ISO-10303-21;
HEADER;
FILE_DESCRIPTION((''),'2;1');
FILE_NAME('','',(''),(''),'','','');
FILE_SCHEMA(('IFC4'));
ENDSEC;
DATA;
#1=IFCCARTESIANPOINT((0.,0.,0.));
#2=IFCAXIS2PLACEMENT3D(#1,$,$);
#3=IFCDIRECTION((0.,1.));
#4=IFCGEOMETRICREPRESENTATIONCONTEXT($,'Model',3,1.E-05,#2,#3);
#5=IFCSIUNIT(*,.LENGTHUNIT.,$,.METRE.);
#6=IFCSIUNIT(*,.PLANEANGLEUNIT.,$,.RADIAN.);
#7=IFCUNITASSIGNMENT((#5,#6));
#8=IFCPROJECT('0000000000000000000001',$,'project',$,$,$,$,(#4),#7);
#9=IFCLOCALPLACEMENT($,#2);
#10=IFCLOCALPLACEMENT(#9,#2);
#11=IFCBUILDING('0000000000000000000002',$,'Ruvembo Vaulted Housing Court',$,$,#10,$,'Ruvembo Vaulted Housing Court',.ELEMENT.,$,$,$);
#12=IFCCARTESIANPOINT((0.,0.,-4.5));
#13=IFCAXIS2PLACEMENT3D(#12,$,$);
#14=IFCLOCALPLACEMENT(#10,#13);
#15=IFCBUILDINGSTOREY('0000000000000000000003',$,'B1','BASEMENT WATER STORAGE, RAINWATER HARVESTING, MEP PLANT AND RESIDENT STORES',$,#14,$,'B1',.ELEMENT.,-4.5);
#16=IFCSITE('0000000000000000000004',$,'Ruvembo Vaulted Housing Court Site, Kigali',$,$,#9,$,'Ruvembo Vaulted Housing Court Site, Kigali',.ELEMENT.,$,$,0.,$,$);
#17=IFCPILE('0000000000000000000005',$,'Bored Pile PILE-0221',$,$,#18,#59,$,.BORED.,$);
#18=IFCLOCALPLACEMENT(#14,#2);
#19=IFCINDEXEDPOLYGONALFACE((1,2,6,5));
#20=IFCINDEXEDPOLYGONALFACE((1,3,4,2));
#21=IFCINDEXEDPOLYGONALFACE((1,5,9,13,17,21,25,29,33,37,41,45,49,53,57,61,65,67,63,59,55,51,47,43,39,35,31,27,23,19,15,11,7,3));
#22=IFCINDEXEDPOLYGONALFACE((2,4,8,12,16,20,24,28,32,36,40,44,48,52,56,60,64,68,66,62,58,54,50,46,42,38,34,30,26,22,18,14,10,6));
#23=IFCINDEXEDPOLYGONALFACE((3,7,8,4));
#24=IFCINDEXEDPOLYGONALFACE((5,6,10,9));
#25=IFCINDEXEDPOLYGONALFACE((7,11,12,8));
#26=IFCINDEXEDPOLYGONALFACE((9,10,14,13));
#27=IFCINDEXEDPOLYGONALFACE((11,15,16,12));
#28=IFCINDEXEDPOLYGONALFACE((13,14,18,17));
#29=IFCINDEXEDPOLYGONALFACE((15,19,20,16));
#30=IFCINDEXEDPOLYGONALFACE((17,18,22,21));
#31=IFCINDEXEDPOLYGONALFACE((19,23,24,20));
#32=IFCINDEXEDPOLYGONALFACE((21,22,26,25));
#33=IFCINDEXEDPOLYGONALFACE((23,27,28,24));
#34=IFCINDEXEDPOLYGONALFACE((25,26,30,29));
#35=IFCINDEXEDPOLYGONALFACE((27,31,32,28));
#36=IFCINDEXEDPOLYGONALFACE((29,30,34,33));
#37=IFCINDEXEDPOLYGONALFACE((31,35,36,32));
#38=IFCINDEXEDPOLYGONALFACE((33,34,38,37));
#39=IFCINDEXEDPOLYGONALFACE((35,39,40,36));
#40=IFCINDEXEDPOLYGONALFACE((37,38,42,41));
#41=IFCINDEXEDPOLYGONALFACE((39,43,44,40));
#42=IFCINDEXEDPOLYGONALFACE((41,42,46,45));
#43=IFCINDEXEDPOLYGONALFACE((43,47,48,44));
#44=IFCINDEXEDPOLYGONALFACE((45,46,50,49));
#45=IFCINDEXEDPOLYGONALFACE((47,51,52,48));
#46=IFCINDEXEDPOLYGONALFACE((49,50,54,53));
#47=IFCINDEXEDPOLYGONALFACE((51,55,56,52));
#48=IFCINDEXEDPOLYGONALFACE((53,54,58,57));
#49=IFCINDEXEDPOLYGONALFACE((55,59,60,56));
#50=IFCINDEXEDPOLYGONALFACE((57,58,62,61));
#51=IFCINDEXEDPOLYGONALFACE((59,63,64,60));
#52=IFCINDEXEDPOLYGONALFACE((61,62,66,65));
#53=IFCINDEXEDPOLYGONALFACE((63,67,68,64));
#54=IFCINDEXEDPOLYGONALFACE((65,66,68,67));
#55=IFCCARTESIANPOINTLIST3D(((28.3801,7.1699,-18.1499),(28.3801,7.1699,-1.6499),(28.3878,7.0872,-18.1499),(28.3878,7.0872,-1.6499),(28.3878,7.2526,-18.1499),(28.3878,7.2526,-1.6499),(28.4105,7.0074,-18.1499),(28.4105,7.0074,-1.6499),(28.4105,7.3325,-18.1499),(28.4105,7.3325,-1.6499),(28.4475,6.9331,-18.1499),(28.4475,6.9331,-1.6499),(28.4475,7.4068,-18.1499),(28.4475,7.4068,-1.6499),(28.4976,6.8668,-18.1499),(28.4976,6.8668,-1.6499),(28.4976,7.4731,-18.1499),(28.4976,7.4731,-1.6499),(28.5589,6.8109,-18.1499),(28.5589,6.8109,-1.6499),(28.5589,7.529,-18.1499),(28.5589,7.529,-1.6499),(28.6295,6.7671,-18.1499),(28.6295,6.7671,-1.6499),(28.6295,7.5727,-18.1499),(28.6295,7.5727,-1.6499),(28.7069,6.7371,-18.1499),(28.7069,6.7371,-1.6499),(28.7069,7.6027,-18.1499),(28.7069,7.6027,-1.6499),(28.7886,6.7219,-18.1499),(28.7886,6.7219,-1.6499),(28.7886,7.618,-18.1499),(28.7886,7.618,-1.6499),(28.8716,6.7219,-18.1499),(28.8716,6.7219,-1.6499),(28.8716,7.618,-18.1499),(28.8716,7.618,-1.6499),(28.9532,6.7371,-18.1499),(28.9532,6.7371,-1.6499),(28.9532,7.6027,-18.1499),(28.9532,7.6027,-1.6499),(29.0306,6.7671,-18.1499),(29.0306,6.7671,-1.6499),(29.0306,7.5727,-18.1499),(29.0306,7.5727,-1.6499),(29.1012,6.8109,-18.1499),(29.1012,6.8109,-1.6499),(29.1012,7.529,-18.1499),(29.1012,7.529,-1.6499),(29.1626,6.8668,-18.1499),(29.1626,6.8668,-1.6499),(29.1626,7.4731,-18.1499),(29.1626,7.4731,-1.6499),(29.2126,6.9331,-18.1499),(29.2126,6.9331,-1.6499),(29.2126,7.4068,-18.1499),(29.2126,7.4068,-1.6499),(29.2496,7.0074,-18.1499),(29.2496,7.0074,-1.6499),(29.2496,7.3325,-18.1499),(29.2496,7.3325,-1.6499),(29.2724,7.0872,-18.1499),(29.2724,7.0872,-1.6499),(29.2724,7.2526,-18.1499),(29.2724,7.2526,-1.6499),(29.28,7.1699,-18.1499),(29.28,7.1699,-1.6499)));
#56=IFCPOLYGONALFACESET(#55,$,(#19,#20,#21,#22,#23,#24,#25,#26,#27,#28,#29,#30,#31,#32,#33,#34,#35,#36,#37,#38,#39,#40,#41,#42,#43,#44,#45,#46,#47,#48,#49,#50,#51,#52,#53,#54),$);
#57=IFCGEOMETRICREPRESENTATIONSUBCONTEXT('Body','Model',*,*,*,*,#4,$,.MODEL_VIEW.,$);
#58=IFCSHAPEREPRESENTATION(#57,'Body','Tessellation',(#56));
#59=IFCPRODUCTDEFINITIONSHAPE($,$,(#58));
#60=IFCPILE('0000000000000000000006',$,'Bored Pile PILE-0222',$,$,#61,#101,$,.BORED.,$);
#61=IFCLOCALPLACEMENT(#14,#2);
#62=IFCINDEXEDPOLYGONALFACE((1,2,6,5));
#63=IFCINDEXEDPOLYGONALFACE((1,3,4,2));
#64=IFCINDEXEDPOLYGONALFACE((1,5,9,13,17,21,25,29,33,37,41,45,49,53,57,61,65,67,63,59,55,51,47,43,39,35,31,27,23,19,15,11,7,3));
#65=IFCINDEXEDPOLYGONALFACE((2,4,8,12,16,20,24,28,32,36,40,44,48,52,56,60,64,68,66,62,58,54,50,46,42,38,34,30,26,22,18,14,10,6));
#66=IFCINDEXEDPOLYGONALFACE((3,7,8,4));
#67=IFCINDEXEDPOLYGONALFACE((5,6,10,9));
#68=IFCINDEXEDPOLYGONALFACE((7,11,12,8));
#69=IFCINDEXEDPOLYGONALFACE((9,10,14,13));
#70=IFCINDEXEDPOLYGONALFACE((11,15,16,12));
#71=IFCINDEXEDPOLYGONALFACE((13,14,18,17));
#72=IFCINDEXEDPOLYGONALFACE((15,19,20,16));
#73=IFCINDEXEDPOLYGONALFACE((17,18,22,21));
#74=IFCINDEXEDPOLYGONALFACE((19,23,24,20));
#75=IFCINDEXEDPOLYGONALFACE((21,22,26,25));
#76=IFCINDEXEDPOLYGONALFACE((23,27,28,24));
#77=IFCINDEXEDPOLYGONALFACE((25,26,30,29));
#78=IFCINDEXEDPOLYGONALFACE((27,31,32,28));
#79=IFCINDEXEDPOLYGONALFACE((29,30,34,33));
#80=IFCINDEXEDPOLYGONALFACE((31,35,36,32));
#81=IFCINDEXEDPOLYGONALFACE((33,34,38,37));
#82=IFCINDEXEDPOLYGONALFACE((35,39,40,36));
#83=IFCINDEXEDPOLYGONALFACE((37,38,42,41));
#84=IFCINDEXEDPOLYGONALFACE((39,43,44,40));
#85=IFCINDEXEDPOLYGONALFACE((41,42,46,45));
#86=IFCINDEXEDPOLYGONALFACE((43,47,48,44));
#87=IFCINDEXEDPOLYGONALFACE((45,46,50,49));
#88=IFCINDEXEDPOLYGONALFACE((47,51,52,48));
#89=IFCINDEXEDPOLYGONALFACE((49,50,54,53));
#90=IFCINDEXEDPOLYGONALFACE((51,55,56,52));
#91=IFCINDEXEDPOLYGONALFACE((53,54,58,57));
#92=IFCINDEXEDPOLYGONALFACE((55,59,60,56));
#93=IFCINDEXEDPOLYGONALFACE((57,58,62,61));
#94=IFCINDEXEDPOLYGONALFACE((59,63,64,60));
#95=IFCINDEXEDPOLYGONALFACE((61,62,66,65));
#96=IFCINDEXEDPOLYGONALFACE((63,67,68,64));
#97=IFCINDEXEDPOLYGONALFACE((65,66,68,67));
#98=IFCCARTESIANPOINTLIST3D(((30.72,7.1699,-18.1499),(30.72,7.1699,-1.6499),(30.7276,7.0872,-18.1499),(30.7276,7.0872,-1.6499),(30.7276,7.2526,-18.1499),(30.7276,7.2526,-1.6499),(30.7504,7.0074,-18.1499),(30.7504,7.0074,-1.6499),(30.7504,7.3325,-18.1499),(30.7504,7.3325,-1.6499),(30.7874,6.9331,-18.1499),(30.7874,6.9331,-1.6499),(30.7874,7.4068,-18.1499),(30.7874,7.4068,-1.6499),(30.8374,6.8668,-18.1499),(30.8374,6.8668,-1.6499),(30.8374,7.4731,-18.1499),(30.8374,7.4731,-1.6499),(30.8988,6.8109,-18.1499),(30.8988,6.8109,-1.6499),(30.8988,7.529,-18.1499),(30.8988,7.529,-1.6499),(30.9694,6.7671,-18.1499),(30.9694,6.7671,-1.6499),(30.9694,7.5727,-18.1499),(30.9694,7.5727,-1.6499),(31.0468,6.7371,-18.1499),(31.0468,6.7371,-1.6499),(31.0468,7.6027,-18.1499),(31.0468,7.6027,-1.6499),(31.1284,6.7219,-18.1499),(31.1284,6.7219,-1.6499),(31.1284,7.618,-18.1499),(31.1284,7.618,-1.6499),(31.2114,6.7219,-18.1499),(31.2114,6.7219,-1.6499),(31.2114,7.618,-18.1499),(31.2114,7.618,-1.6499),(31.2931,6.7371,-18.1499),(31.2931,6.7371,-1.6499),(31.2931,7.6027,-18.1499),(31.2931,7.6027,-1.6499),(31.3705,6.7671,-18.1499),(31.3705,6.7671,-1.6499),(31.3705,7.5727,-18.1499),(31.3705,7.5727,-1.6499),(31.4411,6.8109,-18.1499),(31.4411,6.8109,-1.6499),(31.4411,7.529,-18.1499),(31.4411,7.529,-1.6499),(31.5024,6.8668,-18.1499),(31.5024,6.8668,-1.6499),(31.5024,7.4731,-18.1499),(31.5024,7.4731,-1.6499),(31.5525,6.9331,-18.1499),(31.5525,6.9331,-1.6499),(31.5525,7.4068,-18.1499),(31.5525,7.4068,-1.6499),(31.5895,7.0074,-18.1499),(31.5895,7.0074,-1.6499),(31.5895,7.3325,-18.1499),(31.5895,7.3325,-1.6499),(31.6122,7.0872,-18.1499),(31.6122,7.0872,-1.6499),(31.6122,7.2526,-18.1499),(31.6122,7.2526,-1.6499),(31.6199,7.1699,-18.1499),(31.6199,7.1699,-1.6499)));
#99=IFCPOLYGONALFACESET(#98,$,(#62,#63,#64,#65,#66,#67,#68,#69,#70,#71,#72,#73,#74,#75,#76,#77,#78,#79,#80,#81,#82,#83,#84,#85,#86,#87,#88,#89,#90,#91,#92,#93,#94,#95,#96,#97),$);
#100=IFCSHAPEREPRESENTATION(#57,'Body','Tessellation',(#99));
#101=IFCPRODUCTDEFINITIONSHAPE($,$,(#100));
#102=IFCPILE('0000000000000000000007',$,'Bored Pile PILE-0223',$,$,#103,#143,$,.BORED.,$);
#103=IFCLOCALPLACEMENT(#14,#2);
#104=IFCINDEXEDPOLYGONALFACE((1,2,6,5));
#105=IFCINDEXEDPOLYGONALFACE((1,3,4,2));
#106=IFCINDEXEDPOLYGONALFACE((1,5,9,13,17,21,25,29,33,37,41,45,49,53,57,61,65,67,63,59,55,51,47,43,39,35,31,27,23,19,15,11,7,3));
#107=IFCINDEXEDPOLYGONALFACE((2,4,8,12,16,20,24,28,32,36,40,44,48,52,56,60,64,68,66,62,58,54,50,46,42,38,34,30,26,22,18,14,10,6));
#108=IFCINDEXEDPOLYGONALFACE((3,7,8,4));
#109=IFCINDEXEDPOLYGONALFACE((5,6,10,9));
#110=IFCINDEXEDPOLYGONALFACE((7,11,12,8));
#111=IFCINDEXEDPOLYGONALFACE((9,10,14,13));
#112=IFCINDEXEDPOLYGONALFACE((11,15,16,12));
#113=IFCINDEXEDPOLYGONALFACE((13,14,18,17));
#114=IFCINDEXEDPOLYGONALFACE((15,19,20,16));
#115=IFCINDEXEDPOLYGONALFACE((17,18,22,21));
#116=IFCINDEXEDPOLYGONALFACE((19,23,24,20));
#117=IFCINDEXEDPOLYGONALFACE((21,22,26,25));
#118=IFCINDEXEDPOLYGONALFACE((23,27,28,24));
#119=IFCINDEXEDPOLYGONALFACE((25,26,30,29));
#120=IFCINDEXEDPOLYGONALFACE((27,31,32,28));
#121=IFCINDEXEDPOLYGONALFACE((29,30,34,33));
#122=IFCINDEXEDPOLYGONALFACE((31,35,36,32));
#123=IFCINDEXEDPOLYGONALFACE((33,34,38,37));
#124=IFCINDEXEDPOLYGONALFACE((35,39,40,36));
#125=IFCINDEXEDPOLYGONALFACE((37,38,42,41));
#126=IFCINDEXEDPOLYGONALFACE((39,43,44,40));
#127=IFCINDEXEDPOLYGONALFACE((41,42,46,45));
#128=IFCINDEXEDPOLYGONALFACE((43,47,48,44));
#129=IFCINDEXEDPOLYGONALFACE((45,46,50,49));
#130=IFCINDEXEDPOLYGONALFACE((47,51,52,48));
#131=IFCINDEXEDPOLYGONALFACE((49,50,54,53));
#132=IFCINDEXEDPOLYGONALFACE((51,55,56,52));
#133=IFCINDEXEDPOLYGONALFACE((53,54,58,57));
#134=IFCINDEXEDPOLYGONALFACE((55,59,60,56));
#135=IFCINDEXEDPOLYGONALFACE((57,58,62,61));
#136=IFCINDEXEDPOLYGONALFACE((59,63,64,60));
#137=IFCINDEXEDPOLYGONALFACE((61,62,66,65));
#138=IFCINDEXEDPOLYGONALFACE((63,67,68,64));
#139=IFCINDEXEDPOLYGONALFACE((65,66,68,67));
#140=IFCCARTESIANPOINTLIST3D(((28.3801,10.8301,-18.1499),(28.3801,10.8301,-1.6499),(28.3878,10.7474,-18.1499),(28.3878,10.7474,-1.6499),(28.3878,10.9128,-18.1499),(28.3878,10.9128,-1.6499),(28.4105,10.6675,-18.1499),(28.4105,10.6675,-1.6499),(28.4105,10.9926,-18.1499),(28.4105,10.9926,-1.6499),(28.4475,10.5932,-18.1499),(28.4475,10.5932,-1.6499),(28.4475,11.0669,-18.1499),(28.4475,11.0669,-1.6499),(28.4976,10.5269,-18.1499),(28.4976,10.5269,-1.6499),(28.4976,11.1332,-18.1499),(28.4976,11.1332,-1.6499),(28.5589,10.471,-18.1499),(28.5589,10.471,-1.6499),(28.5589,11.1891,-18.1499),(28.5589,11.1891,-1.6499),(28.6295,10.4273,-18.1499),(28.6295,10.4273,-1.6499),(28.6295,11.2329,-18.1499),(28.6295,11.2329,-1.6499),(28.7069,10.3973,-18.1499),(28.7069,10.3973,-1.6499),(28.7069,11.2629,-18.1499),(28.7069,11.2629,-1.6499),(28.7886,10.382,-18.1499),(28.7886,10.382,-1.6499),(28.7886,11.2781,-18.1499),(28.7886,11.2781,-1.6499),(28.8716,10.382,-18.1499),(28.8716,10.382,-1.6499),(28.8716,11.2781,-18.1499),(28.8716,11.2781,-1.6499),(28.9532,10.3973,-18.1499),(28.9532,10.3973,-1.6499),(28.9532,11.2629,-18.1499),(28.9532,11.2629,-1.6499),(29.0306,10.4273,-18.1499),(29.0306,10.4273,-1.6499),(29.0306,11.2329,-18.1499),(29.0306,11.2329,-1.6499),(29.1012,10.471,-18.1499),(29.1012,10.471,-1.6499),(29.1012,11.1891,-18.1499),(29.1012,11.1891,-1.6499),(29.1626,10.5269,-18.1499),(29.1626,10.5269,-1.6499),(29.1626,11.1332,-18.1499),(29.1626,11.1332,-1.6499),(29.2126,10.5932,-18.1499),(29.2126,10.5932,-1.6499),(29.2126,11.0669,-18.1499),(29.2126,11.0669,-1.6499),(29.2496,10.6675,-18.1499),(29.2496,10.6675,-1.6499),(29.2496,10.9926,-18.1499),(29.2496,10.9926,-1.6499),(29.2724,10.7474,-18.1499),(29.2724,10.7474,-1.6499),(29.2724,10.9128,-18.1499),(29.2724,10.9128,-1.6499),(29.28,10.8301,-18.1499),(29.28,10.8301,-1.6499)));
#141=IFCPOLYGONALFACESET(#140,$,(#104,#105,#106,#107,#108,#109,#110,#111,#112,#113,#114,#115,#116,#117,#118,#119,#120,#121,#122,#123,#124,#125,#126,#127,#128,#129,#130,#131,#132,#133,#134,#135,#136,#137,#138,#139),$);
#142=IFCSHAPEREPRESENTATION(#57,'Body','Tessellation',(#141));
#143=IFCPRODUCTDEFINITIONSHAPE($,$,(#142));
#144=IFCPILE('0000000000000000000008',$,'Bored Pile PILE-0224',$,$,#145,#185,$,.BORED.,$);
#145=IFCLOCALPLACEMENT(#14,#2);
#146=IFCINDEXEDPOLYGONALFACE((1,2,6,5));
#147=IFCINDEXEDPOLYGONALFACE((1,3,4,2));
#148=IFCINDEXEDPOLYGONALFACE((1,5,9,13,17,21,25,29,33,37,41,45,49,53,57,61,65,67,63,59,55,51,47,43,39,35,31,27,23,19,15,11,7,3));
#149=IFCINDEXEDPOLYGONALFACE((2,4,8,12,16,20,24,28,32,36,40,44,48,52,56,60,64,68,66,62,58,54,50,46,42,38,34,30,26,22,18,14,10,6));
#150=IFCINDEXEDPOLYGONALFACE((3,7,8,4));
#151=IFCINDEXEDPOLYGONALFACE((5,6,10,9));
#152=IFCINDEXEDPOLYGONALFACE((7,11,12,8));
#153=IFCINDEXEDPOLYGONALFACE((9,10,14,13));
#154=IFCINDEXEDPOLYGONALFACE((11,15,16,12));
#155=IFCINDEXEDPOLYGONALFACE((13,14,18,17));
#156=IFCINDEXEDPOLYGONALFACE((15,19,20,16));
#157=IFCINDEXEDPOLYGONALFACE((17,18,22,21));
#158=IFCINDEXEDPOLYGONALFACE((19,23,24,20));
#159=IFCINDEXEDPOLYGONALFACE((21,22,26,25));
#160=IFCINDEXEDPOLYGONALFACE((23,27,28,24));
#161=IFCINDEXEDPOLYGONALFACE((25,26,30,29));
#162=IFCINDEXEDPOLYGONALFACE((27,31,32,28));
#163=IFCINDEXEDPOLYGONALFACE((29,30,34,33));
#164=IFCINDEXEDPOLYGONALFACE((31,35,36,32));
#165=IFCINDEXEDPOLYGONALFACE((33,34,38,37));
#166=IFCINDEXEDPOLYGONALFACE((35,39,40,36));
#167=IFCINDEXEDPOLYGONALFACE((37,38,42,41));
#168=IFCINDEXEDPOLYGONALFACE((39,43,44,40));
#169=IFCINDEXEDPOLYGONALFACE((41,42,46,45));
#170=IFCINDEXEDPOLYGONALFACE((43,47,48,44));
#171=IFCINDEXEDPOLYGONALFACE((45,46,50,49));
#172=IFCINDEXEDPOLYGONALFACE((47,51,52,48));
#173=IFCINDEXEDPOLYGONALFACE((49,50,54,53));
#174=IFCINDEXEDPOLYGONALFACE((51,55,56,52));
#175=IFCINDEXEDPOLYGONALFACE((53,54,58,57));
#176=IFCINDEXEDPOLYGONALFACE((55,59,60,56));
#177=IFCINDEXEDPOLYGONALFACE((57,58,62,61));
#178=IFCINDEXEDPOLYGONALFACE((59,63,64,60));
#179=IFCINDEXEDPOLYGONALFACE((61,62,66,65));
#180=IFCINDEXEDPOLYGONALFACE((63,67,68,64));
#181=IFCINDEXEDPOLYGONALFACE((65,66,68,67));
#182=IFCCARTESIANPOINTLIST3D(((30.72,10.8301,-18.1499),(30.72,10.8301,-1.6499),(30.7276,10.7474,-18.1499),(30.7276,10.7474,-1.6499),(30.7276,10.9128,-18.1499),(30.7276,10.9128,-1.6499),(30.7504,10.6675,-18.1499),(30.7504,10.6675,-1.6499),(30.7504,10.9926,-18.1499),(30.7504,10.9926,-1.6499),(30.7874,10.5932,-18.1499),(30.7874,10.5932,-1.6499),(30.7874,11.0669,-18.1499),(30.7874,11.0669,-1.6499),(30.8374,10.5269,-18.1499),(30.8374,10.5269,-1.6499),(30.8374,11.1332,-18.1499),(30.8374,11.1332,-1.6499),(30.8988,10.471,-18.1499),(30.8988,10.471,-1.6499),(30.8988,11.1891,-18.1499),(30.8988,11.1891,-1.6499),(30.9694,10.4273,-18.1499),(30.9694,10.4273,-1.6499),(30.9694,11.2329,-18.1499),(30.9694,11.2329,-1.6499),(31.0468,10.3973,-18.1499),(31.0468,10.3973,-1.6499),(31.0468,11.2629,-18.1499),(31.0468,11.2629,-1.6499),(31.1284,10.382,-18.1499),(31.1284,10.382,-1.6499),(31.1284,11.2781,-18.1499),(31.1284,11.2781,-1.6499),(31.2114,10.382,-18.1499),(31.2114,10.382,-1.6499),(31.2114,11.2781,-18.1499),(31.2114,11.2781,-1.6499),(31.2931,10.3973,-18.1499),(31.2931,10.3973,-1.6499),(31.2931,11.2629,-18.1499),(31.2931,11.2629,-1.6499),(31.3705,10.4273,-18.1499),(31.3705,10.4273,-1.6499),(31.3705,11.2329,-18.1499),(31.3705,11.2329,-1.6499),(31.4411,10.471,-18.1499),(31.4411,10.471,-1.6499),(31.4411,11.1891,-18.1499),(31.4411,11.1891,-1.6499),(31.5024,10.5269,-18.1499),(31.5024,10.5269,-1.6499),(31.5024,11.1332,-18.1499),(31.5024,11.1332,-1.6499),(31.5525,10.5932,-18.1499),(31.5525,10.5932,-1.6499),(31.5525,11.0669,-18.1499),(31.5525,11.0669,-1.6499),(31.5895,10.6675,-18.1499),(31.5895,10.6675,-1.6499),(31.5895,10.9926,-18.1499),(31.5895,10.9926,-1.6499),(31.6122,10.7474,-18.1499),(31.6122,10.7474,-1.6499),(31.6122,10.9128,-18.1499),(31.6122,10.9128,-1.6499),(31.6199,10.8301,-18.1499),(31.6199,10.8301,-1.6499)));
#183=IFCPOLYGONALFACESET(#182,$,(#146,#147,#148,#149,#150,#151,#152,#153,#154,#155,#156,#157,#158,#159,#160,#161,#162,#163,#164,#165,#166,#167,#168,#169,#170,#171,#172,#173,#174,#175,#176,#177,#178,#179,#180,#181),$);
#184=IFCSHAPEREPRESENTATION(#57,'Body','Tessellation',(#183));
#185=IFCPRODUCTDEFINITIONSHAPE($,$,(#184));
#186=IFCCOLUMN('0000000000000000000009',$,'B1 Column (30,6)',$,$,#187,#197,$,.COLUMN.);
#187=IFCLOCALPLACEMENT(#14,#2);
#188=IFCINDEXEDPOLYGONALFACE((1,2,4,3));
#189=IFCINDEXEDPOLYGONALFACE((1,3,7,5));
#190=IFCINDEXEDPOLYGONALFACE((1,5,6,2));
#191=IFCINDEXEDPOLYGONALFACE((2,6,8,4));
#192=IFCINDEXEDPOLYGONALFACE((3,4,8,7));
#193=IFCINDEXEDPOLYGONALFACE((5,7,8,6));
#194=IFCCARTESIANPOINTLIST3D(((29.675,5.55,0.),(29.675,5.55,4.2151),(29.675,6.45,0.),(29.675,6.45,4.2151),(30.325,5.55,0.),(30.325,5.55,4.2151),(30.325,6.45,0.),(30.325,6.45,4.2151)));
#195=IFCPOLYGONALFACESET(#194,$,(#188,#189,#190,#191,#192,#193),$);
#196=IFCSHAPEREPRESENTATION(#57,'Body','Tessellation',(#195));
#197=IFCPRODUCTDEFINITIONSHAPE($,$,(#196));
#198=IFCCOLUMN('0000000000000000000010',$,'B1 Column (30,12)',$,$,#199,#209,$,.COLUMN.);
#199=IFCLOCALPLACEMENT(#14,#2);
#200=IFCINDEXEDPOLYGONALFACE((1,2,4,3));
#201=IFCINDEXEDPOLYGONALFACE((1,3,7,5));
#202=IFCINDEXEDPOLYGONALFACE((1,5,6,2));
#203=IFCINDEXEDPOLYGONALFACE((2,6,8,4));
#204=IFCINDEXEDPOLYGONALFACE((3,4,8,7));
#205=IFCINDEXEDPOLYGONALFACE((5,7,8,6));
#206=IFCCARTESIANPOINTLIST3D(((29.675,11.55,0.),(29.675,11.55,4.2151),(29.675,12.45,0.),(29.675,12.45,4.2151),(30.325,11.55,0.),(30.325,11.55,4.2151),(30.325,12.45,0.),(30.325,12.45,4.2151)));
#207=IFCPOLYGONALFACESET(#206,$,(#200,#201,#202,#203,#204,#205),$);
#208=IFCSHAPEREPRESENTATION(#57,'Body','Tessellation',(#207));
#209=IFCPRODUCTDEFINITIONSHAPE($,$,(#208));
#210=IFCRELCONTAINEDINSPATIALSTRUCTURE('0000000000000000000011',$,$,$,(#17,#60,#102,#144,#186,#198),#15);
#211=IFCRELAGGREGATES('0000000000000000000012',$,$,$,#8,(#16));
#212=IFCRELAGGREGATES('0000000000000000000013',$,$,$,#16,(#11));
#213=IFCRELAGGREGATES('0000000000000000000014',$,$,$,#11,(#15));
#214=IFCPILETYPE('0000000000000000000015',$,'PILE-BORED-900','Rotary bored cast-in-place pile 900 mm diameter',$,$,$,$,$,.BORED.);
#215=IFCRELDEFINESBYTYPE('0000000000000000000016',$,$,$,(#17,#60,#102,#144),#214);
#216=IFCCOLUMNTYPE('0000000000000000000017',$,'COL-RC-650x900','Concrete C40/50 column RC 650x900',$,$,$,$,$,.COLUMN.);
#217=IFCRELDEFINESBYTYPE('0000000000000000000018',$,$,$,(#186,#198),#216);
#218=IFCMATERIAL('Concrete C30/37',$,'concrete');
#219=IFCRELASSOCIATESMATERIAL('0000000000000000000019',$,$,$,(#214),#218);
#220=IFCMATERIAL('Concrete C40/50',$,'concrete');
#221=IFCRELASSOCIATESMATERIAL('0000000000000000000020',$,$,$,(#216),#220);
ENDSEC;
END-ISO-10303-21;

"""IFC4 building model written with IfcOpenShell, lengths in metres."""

from ifc_helpers import new_model, si_unit, direction, frame, origin, origin_2d, place, context, subcontext, project, spatial, rectangle, circle, extrude, material, material_profile, profile_set, type_object, element, save


model = new_model("IFC4")

# Units and contexts
model_context = context("Model", 3, precision=1e-05, world=origin(), true_north=direction((0.0, 1.0)))
body_context = subcontext(model_context, "Body", "Model", "MODEL_VIEW")
ifc_project = project(units=[si_unit("LENGTHUNIT", "METRE"), si_unit("PLANEANGLEUNIT", "RADIAN")], contexts=[model_context])

# Site, building, storey
site_placement = place(None, origin())
site = spatial("IfcSite", under=ifc_project, at=site_placement, Name="Ruvembo Vaulted Housing Court Site, Kigali", LongName="Ruvembo Vaulted Housing Court Site, Kigali", CompositionType="ELEMENT", RefElevation=0.0)
building_placement = place(site_placement, origin())
building = spatial("IfcBuilding", under=site, at=building_placement, Name="Ruvembo Vaulted Housing Court", LongName="Ruvembo Vaulted Housing Court", CompositionType="ELEMENT")
storey_placement = place(building_placement, frame((0.0, 0.0, -4.5)))
storey = spatial("IfcBuildingStorey", under=building, at=storey_placement, Name="B1", Description="BASEMENT WATER STORAGE, RAINWATER HARVESTING, MEP PLANT AND RESIDENT STORES", LongName="B1", CompositionType="ELEMENT", Elevation=-4.5)

# Piles
ifc_material_1 = material(Name="Concrete C30/37", Category="concrete")
ifc_material_profile_1 = material_profile(ifc_material_1, circle(Radius=0.45, at=origin_2d()), Name="PILE D900")
ifc_profile_set_1 = profile_set([ifc_material_profile_1], Name="Concrete C30/37")
pile_type_1 = type_object("IfcPileType", Name="PILE-BORED-900", Description="Rotary bored cast-in-place pile 900 mm diameter", PredefinedType="BORED", material=ifc_profile_set_1)
for number, where, z_axis, x_axis, name in (
    (1, (28.8301, 7.1699, -1.6499), (0.0, 0.0, -1.0), (1.0, 0.0, 0.0), "Bored Pile PILE-0221"),
    (2, (31.1699, 7.1699, -1.6499), (0.0, 0.0, -1.0), (1.0, 0.0, 0.0), "Bored Pile PILE-0222"),
    (3, (28.8301, 10.8301, -1.6499), (0.0, 0.0, -1.0), (1.0, 0.0, 0.0), "Bored Pile PILE-0223"),
    (4, (31.1699, 10.8301, -1.6499), (0.0, 0.0, -1.0), (1.0, 0.0, 0.0), "Bored Pile PILE-0224"),
):
    element("IfcPile", number, at=place(storey_placement, frame(where, z_axis=z_axis, x_axis=x_axis)), inside=storey, type_object=pile_type_1, Name=name, PredefinedType="BORED", context=body_context, shape_type="SweptSolid", body=[
        extrude(circle(Radius=0.45, at=origin_2d()), origin(), (0.0, 0.0, 1.0), 16.5),
    ])

# Columns
ifc_material_2 = material(Name="Concrete C40/50", Category="concrete")
ifc_material_profile_2 = material_profile(ifc_material_2, rectangle(XDim=0.6499, YDim=0.8999, at=origin_2d()), Name="RC 650x900")
ifc_profile_set_2 = profile_set([ifc_material_profile_2], Name="Concrete C40/50")
column_type = type_object("IfcColumnType", Name="COL-RC-650x900", Description="Concrete C40/50 column RC 650x900", PredefinedType="COLUMN", material=ifc_profile_set_2)
for number, where, z_axis, x_axis, name in (
    (5, (30.0, 6.0, 0.0), (0.0, 0.0, 1.0), (1.0, 0.0, 0.0), "B1 Column (30,6)"),
    (6, (30.0, 12.0, 0.0), (0.0, 0.0, 1.0), (1.0, 0.0, 0.0), "B1 Column (30,12)"),
):
    element("IfcColumn", number, at=place(storey_placement, frame(where, z_axis=z_axis, x_axis=x_axis)), inside=storey, type_object=column_type, Name=name, PredefinedType="COLUMN", context=body_context, shape_type="SweptSolid", body=[
        extrude(rectangle(XDim=0.6499, YDim=0.8999, at=origin_2d()), origin(), (0.0, 0.0, 1.0), 4.2151),
    ])

save(model, "model.ifc")
